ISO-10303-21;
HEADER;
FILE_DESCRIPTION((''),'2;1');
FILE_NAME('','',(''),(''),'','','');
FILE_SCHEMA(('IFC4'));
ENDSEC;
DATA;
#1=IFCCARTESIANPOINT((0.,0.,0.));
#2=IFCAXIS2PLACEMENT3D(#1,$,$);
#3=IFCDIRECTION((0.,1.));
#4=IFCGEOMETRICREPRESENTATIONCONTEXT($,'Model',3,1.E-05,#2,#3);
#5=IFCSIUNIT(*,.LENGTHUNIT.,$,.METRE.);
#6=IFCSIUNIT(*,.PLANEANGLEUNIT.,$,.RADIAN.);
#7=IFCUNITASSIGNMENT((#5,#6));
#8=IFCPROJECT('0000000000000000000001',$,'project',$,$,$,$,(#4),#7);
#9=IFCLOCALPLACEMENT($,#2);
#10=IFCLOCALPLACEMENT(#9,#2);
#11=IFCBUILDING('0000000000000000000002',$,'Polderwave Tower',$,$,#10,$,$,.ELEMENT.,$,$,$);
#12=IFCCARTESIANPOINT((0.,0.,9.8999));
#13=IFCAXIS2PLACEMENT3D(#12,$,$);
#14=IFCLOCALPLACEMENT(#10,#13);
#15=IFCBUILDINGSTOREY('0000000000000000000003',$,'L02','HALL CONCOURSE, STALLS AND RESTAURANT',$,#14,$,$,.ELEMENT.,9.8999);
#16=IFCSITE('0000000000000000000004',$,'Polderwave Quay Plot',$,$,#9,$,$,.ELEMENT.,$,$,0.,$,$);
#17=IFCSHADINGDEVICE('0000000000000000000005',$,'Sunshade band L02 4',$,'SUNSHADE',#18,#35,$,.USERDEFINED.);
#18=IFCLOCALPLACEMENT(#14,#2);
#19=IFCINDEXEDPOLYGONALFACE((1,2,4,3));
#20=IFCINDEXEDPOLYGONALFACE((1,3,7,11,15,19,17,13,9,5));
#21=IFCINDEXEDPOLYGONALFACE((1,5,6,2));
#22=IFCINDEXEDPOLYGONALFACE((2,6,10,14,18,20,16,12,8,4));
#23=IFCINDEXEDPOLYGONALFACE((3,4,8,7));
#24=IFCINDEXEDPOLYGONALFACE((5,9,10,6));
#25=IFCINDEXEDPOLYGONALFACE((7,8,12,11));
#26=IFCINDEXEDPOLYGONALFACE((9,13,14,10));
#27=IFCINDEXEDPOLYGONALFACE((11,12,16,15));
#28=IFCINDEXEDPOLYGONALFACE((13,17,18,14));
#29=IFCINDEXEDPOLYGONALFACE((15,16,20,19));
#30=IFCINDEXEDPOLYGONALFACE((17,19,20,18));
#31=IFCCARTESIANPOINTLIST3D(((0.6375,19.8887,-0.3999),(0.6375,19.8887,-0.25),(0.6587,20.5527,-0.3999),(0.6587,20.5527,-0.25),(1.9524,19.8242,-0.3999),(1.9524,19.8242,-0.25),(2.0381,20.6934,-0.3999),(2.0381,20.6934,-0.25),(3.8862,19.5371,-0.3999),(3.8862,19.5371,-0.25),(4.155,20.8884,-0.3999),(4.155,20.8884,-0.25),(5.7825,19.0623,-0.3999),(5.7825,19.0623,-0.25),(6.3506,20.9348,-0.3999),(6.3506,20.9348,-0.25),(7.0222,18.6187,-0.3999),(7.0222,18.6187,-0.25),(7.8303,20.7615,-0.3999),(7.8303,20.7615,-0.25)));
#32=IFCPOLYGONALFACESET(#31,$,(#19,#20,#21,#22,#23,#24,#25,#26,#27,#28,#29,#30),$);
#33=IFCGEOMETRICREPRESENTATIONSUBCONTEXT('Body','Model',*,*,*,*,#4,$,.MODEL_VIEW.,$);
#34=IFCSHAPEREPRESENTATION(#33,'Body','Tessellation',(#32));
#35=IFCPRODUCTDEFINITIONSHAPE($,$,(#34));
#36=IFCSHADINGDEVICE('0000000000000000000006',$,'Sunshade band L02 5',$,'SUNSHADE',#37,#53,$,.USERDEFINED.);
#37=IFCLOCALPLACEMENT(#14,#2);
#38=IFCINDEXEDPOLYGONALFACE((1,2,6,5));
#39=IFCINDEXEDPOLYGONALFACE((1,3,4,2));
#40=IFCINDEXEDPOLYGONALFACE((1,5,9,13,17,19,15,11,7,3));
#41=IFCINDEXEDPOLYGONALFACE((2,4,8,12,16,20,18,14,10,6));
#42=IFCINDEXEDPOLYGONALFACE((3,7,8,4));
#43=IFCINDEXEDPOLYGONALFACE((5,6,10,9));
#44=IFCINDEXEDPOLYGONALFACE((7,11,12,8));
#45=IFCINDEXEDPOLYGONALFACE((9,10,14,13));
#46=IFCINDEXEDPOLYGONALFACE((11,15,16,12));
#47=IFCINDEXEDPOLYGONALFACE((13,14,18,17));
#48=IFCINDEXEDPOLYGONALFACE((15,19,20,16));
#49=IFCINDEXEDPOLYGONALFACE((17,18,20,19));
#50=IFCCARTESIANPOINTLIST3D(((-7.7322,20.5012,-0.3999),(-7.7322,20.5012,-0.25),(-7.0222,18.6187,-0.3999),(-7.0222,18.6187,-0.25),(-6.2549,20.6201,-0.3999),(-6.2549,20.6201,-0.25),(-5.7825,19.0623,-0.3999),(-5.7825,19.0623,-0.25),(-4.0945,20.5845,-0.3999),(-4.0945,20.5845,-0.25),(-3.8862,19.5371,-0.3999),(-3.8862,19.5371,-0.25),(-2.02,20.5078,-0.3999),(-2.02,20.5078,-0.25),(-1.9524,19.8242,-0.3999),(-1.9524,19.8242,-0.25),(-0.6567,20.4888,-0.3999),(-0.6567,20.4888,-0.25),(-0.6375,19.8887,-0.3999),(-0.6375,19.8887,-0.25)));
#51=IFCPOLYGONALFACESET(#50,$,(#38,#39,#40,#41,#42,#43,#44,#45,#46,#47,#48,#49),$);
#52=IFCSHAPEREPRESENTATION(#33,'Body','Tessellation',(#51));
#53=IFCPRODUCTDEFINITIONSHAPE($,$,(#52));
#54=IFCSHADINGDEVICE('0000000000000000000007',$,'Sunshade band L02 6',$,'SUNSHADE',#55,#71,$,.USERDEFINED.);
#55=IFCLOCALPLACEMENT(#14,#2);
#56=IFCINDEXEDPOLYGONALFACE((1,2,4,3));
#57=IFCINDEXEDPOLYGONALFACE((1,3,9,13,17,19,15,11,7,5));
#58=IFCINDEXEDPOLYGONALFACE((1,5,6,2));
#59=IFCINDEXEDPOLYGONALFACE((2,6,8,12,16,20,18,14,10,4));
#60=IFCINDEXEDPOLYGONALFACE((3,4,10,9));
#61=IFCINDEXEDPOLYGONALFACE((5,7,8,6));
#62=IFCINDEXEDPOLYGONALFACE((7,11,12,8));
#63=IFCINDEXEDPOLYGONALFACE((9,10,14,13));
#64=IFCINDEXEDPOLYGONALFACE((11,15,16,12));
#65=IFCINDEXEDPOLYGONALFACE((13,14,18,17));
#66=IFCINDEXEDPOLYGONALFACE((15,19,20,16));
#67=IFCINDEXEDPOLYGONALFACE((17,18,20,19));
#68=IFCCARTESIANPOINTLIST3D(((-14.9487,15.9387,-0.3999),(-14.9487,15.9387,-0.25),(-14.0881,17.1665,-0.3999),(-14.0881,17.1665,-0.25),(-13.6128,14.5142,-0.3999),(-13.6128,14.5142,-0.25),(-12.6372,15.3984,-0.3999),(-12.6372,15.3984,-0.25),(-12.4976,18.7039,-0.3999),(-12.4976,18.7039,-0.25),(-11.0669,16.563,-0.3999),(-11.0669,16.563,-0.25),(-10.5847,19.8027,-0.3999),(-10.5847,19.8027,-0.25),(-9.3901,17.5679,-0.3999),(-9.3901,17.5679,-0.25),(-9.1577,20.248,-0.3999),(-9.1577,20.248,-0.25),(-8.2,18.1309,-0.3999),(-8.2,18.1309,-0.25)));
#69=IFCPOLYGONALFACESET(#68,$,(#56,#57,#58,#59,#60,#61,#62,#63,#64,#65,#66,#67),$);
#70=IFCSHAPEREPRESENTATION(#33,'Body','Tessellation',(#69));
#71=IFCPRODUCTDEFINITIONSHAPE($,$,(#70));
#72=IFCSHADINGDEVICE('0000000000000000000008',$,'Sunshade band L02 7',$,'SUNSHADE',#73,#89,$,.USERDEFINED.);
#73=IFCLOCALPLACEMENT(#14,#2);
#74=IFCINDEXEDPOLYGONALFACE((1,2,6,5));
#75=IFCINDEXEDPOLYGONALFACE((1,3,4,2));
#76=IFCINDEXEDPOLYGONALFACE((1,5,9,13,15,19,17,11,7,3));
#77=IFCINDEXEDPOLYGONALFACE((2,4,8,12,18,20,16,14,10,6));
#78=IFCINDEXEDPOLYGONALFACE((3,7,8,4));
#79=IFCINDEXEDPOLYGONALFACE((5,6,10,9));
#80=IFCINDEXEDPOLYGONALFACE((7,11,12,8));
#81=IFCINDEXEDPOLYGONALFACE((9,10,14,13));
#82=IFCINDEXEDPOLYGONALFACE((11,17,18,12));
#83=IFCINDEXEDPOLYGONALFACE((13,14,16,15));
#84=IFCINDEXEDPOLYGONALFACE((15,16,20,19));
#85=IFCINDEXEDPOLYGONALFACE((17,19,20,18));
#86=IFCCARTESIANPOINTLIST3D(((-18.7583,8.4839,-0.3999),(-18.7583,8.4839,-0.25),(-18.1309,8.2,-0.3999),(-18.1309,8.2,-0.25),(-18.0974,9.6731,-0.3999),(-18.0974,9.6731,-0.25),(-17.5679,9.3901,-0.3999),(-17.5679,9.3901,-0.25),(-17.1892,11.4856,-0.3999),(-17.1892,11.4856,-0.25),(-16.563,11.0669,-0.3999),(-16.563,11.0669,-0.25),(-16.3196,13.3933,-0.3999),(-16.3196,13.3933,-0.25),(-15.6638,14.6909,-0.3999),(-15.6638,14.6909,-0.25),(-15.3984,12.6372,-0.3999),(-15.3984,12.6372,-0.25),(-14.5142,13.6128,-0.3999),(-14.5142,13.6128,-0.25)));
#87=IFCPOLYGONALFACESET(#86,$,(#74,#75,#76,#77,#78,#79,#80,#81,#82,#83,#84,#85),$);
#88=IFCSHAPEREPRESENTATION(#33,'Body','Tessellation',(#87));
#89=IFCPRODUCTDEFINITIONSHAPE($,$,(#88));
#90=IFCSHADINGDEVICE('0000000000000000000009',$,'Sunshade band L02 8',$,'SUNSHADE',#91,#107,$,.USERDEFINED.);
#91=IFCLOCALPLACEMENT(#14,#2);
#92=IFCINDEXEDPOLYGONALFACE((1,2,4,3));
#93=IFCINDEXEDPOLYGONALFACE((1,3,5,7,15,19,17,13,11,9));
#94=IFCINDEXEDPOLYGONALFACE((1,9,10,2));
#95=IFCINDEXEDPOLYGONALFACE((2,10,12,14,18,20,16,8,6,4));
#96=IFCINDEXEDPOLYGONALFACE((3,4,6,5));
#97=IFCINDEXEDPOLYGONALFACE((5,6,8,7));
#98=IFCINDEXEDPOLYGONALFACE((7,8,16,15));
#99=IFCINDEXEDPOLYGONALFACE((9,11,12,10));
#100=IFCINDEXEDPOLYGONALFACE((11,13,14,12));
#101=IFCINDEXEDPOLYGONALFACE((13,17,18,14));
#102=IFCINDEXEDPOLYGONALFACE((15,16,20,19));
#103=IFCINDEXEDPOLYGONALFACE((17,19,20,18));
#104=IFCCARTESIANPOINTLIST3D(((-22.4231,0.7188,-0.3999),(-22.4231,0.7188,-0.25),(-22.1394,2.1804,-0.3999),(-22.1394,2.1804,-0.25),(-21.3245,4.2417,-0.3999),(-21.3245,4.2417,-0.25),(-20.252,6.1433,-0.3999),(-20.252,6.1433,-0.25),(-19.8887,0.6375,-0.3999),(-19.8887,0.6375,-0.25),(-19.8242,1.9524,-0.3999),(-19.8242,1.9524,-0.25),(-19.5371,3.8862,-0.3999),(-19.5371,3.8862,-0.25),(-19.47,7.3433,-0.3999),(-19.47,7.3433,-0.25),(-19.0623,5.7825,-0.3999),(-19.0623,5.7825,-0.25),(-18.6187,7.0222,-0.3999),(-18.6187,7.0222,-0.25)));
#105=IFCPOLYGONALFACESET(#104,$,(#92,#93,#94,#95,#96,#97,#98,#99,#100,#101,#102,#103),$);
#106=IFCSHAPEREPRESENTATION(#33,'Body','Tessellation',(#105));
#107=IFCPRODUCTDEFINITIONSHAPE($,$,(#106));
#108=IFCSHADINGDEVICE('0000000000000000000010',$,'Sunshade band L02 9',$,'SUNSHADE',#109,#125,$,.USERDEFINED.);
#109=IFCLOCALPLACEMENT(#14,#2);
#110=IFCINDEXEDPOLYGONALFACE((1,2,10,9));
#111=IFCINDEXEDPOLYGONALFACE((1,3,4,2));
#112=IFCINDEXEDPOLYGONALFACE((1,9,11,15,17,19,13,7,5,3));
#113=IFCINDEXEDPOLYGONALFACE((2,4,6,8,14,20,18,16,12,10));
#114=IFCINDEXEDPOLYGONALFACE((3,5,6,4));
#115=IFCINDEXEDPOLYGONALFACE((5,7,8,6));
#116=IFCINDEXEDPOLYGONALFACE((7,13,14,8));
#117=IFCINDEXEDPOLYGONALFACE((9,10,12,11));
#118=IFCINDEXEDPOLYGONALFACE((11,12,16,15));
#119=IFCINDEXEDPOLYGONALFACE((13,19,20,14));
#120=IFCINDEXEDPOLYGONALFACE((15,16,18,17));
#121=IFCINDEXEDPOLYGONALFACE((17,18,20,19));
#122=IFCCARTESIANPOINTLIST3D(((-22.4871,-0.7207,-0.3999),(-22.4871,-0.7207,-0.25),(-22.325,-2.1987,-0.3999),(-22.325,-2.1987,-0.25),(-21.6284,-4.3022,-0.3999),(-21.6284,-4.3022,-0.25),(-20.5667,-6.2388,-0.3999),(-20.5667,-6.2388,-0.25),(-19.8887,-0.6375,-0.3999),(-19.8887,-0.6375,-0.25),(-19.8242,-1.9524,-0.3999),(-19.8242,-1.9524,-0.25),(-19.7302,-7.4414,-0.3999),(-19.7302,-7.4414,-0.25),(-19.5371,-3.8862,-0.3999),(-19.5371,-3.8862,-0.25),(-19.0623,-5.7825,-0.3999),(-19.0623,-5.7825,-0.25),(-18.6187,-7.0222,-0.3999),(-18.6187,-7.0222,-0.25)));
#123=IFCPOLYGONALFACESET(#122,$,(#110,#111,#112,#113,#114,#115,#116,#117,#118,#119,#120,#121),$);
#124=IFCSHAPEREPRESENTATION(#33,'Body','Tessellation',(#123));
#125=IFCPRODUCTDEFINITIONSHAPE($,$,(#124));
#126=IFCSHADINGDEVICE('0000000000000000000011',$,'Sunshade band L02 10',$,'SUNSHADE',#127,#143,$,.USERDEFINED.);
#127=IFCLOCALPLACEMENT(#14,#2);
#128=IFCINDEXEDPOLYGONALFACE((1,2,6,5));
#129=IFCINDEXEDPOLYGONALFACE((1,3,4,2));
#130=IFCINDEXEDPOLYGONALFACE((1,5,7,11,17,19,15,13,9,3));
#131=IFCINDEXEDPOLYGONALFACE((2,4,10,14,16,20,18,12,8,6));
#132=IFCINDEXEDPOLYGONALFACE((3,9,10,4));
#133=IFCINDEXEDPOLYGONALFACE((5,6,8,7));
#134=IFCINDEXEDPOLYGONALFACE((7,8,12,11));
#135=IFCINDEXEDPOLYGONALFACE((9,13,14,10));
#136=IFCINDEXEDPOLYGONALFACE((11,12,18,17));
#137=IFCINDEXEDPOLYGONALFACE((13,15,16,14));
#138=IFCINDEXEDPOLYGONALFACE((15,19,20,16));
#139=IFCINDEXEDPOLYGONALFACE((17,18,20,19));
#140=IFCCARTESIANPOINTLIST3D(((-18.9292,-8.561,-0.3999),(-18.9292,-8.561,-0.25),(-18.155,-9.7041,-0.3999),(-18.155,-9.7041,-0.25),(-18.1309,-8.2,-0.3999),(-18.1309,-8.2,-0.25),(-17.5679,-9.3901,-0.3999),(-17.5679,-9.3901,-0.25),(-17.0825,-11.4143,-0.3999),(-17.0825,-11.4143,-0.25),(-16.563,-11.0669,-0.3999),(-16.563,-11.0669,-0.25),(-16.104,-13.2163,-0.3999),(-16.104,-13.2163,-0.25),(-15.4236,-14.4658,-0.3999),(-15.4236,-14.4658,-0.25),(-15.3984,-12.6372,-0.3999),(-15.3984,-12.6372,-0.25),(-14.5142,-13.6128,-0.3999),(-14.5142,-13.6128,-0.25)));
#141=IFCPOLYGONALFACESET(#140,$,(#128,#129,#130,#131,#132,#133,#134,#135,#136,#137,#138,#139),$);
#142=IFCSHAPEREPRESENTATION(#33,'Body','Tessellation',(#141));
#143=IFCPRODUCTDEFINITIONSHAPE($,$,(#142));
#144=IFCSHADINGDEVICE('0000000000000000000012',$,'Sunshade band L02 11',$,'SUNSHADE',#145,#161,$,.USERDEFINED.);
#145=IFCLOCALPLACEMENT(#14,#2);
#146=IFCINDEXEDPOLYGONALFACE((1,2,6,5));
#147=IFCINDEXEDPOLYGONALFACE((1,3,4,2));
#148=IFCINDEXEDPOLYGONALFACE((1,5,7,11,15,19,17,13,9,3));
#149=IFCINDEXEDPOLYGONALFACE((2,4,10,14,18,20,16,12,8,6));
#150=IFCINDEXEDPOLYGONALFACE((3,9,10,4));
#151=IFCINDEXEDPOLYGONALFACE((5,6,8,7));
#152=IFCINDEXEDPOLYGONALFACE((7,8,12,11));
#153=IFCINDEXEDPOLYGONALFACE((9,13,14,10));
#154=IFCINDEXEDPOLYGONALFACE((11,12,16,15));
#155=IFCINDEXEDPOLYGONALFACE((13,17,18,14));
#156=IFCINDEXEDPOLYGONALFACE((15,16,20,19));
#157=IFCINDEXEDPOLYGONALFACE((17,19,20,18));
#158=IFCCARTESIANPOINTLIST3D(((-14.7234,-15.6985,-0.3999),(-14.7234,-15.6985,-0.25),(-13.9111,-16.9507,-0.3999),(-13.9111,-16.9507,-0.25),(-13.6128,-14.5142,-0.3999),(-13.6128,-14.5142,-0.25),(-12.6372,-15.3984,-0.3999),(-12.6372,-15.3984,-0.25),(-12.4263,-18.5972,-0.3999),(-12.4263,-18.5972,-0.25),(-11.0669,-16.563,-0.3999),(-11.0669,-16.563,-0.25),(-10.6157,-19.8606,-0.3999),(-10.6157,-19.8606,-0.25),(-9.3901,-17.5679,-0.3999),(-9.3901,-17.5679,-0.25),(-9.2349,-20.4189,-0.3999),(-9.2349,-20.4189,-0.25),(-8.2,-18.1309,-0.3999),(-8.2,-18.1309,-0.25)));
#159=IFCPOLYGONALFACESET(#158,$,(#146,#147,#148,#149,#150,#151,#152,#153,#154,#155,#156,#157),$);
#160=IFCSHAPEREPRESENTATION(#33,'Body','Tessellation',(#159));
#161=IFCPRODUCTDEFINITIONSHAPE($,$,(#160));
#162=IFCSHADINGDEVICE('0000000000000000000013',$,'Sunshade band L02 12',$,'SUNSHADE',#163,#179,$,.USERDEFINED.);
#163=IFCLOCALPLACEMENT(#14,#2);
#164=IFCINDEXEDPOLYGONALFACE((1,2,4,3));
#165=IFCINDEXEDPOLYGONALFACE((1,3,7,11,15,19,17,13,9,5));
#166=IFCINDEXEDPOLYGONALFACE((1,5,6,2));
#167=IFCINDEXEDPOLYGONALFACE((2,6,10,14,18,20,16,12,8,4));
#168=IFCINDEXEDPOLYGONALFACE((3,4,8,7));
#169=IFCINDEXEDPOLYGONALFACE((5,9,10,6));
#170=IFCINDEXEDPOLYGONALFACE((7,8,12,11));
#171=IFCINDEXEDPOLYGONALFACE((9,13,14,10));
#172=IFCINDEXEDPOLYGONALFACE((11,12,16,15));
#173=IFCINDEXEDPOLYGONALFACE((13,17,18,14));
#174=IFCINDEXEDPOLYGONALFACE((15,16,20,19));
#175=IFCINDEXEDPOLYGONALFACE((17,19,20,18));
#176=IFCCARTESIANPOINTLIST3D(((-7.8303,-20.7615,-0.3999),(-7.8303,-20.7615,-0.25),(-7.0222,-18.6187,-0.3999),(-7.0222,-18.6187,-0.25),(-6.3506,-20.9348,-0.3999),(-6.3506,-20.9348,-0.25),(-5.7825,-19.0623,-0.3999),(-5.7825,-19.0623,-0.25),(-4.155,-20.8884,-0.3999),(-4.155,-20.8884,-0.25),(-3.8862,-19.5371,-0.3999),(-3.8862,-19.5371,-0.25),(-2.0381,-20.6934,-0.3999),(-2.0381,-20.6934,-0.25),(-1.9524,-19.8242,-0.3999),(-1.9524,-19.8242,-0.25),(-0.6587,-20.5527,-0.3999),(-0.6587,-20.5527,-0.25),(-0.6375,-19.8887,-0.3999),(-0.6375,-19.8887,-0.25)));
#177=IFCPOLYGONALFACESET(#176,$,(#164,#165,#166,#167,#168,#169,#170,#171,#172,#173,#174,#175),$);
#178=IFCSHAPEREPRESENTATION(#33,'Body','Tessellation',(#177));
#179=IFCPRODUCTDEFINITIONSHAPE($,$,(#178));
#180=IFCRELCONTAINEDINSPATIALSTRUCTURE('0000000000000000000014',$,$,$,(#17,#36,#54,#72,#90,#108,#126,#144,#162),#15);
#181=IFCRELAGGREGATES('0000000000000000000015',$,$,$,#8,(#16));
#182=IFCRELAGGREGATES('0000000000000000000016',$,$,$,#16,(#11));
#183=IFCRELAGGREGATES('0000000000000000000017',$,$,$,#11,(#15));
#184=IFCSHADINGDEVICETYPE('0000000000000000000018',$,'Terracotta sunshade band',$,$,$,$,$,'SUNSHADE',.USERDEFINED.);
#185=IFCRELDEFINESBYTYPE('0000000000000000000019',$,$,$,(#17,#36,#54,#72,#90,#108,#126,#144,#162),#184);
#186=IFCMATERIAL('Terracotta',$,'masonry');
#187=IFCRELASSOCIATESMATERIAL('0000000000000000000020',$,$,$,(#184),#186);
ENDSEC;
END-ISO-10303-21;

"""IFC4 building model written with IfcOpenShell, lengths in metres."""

from ifc_helpers import new_model, si_unit, direction, frame, origin, place, context, subcontext, project, spatial, polyline, outline, extrude, material, type_object, element, save


model = new_model("IFC4")

# Units and contexts
model_context = context("Model", 3, precision=1e-05, world=origin(), true_north=direction((0.0, 1.0)))
body_context = subcontext(model_context, "Body", "Model", "MODEL_VIEW")
ifc_project = project(units=[si_unit("LENGTHUNIT", "METRE"), si_unit("PLANEANGLEUNIT", "RADIAN")], contexts=[model_context])

# Site, building, storey
site_placement = place(None, origin())
site = spatial("IfcSite", under=ifc_project, at=site_placement, Name="Polderwave Quay Plot", CompositionType="ELEMENT", RefElevation=0.0)
building_placement = place(site_placement, origin())
building = spatial("IfcBuilding", under=site, at=building_placement, Name="Polderwave Tower", CompositionType="ELEMENT")
storey_placement = place(building_placement, frame((0.0, 0.0, 9.8999)))
storey = spatial("IfcBuildingStorey", under=building, at=storey_placement, Name="L02", Description="HALL CONCOURSE, STALLS AND RESTAURANT", CompositionType="ELEMENT", Elevation=9.8999)

# Shading devices
ifc_material_1 = material(Name="Terracotta", Category="masonry")
shading_device_type = type_object("IfcShadingDeviceType", Name="Terracotta sunshade band", ElementType="SUNSHADE", PredefinedType="USERDEFINED", material=ifc_material_1)
shading_device_1_placement = place(storey_placement, frame((0.0, 0.0, -0.3999)))
element("IfcShadingDevice", 1, at=shading_device_1_placement, inside=storey, type_object=shading_device_type, Name="Sunshade band L02 4", ObjectType="SUNSHADE", PredefinedType="USERDEFINED", context=body_context, shape_type="SweptSolid", body=[
    extrude(outline(polyline([(7.0222, 18.6187), (5.7825, 19.0623), (3.8862, 19.5371), (1.9524, 19.8242), (0.6375, 19.8887), (0.6587, 20.5527), (2.0381, 20.6934), (4.155, 20.8884), (6.3506, 20.9348), (7.8303, 20.7615), (7.0222, 18.6187)])), origin(), (0.0, 0.0, 1.0), 0.1499),
])
shading_device_2_placement = place(storey_placement, frame((0.0, 0.0, -0.3999)))
element("IfcShadingDevice", 2, at=shading_device_2_placement, inside=storey, type_object=shading_device_type, Name="Sunshade band L02 5", ObjectType="SUNSHADE", PredefinedType="USERDEFINED", context=body_context, shape_type="SweptSolid", body=[
    extrude(outline(polyline([(-0.6375, 19.8887), (-1.9524, 19.8242), (-3.8862, 19.5371), (-5.7825, 19.0623), (-7.0222, 18.6187), (-7.7322, 20.5012), (-6.2549, 20.6201), (-4.0945, 20.5845), (-2.02, 20.5078), (-0.6567, 20.4888), (-0.6375, 19.8887)])), origin(), (0.0, 0.0, 1.0), 0.1499),
])
shading_device_3_placement = place(storey_placement, frame((0.0, 0.0, -0.3999)))
element("IfcShadingDevice", 3, at=shading_device_3_placement, inside=storey, type_object=shading_device_type, Name="Sunshade band L02 6", ObjectType="SUNSHADE", PredefinedType="USERDEFINED", context=body_context, shape_type="SweptSolid", body=[
    extrude(outline(polyline([(-8.2, 18.1309), (-9.3901, 17.5679), (-11.0669, 16.563), (-12.6372, 15.3984), (-13.6128, 14.5142), (-14.9487, 15.9387), (-14.0881, 17.1665), (-12.4976, 18.7039), (-10.5847, 19.8027), (-9.1577, 20.248), (-8.2, 18.1309)])), origin(), (0.0, 0.0, 1.0), 0.1499),
])
shading_device_4_placement = place(storey_placement, frame((0.0, 0.0, -0.3999)))
element("IfcShadingDevice", 4, at=shading_device_4_placement, inside=storey, type_object=shading_device_type, Name="Sunshade band L02 7", ObjectType="SUNSHADE", PredefinedType="USERDEFINED", context=body_context, shape_type="SweptSolid", body=[
    extrude(outline(polyline([(-14.5142, 13.6128), (-15.3984, 12.6372), (-16.563, 11.0669), (-17.5679, 9.3901), (-18.1309, 8.2), (-18.7583, 8.4839), (-18.0974, 9.6731), (-17.1892, 11.4856), (-16.3196, 13.3933), (-15.6638, 14.6909), (-14.5142, 13.6128)])), origin(), (0.0, 0.0, 1.0), 0.1499),
])
shading_device_5_placement = place(storey_placement, frame((0.0, 0.0, -0.3999)))
element("IfcShadingDevice", 5, at=shading_device_5_placement, inside=storey, type_object=shading_device_type, Name="Sunshade band L02 8", ObjectType="SUNSHADE", PredefinedType="USERDEFINED", context=body_context, shape_type="SweptSolid", body=[
    extrude(outline(polyline([(-18.6187, 7.0222), (-19.0623, 5.7825), (-19.5371, 3.8862), (-19.8242, 1.9524), (-19.8887, 0.6375), (-22.4231, 0.7188), (-22.1394, 2.1804), (-21.3245, 4.2417), (-20.252, 6.1433), (-19.47, 7.3433), (-18.6187, 7.0222)])), origin(), (0.0, 0.0, 1.0), 0.1499),
])
shading_device_6_placement = place(storey_placement, frame((0.0, 0.0, -0.3999)))
element("IfcShadingDevice", 6, at=shading_device_6_placement, inside=storey, type_object=shading_device_type, Name="Sunshade band L02 9", ObjectType="SUNSHADE", PredefinedType="USERDEFINED", context=body_context, shape_type="SweptSolid", body=[
    extrude(outline(polyline([(-19.8887, -0.6375), (-19.8242, -1.9524), (-19.5371, -3.8862), (-19.0623, -5.7825), (-18.6187, -7.0222), (-19.7302, -7.4414), (-20.5667, -6.2388), (-21.6284, -4.3022), (-22.325, -2.1987), (-22.4871, -0.7207), (-19.8887, -0.6375)])), origin(), (0.0, 0.0, 1.0), 0.1499),
])
shading_device_7_placement = place(storey_placement, frame((0.0, 0.0, -0.3999)))
element("IfcShadingDevice", 7, at=shading_device_7_placement, inside=storey, type_object=shading_device_type, Name="Sunshade band L02 10", ObjectType="SUNSHADE", PredefinedType="USERDEFINED", context=body_context, shape_type="SweptSolid", body=[
    extrude(outline(polyline([(-18.1309, -8.2), (-17.5679, -9.3901), (-16.563, -11.0669), (-15.3984, -12.6372), (-14.5142, -13.6128), (-15.4236, -14.4658), (-16.104, -13.2163), (-17.0825, -11.4143), (-18.155, -9.7041), (-18.9292, -8.561), (-18.1309, -8.2)])), origin(), (0.0, 0.0, 1.0), 0.1499),
])
shading_device_8_placement = place(storey_placement, frame((0.0, 0.0, -0.3999)))
element("IfcShadingDevice", 8, at=shading_device_8_placement, inside=storey, type_object=shading_device_type, Name="Sunshade band L02 11", ObjectType="SUNSHADE", PredefinedType="USERDEFINED", context=body_context, shape_type="SweptSolid", body=[
    extrude(outline(polyline([(-13.6128, -14.5142), (-12.6372, -15.3984), (-11.0669, -16.563), (-9.3901, -17.5679), (-8.2, -18.1309), (-9.2349, -20.4189), (-10.6157, -19.8606), (-12.4263, -18.5972), (-13.9111, -16.9507), (-14.7234, -15.6985), (-13.6128, -14.5142)])), origin(), (0.0, 0.0, 1.0), 0.1499),
])
shading_device_9_placement = place(storey_placement, frame((0.0, 0.0, -0.3999)))
element("IfcShadingDevice", 9, at=shading_device_9_placement, inside=storey, type_object=shading_device_type, Name="Sunshade band L02 12", ObjectType="SUNSHADE", PredefinedType="USERDEFINED", context=body_context, shape_type="SweptSolid", body=[
    extrude(outline(polyline([(-7.0222, -18.6187), (-5.7825, -19.0623), (-3.8862, -19.5371), (-1.9524, -19.8242), (-0.6375, -19.8887), (-0.6587, -20.5527), (-2.0381, -20.6934), (-4.155, -20.8884), (-6.3506, -20.9348), (-7.8303, -20.7615), (-7.0222, -18.6187)])), origin(), (0.0, 0.0, 1.0), 0.1499),
])

save(model, "model.ifc")
